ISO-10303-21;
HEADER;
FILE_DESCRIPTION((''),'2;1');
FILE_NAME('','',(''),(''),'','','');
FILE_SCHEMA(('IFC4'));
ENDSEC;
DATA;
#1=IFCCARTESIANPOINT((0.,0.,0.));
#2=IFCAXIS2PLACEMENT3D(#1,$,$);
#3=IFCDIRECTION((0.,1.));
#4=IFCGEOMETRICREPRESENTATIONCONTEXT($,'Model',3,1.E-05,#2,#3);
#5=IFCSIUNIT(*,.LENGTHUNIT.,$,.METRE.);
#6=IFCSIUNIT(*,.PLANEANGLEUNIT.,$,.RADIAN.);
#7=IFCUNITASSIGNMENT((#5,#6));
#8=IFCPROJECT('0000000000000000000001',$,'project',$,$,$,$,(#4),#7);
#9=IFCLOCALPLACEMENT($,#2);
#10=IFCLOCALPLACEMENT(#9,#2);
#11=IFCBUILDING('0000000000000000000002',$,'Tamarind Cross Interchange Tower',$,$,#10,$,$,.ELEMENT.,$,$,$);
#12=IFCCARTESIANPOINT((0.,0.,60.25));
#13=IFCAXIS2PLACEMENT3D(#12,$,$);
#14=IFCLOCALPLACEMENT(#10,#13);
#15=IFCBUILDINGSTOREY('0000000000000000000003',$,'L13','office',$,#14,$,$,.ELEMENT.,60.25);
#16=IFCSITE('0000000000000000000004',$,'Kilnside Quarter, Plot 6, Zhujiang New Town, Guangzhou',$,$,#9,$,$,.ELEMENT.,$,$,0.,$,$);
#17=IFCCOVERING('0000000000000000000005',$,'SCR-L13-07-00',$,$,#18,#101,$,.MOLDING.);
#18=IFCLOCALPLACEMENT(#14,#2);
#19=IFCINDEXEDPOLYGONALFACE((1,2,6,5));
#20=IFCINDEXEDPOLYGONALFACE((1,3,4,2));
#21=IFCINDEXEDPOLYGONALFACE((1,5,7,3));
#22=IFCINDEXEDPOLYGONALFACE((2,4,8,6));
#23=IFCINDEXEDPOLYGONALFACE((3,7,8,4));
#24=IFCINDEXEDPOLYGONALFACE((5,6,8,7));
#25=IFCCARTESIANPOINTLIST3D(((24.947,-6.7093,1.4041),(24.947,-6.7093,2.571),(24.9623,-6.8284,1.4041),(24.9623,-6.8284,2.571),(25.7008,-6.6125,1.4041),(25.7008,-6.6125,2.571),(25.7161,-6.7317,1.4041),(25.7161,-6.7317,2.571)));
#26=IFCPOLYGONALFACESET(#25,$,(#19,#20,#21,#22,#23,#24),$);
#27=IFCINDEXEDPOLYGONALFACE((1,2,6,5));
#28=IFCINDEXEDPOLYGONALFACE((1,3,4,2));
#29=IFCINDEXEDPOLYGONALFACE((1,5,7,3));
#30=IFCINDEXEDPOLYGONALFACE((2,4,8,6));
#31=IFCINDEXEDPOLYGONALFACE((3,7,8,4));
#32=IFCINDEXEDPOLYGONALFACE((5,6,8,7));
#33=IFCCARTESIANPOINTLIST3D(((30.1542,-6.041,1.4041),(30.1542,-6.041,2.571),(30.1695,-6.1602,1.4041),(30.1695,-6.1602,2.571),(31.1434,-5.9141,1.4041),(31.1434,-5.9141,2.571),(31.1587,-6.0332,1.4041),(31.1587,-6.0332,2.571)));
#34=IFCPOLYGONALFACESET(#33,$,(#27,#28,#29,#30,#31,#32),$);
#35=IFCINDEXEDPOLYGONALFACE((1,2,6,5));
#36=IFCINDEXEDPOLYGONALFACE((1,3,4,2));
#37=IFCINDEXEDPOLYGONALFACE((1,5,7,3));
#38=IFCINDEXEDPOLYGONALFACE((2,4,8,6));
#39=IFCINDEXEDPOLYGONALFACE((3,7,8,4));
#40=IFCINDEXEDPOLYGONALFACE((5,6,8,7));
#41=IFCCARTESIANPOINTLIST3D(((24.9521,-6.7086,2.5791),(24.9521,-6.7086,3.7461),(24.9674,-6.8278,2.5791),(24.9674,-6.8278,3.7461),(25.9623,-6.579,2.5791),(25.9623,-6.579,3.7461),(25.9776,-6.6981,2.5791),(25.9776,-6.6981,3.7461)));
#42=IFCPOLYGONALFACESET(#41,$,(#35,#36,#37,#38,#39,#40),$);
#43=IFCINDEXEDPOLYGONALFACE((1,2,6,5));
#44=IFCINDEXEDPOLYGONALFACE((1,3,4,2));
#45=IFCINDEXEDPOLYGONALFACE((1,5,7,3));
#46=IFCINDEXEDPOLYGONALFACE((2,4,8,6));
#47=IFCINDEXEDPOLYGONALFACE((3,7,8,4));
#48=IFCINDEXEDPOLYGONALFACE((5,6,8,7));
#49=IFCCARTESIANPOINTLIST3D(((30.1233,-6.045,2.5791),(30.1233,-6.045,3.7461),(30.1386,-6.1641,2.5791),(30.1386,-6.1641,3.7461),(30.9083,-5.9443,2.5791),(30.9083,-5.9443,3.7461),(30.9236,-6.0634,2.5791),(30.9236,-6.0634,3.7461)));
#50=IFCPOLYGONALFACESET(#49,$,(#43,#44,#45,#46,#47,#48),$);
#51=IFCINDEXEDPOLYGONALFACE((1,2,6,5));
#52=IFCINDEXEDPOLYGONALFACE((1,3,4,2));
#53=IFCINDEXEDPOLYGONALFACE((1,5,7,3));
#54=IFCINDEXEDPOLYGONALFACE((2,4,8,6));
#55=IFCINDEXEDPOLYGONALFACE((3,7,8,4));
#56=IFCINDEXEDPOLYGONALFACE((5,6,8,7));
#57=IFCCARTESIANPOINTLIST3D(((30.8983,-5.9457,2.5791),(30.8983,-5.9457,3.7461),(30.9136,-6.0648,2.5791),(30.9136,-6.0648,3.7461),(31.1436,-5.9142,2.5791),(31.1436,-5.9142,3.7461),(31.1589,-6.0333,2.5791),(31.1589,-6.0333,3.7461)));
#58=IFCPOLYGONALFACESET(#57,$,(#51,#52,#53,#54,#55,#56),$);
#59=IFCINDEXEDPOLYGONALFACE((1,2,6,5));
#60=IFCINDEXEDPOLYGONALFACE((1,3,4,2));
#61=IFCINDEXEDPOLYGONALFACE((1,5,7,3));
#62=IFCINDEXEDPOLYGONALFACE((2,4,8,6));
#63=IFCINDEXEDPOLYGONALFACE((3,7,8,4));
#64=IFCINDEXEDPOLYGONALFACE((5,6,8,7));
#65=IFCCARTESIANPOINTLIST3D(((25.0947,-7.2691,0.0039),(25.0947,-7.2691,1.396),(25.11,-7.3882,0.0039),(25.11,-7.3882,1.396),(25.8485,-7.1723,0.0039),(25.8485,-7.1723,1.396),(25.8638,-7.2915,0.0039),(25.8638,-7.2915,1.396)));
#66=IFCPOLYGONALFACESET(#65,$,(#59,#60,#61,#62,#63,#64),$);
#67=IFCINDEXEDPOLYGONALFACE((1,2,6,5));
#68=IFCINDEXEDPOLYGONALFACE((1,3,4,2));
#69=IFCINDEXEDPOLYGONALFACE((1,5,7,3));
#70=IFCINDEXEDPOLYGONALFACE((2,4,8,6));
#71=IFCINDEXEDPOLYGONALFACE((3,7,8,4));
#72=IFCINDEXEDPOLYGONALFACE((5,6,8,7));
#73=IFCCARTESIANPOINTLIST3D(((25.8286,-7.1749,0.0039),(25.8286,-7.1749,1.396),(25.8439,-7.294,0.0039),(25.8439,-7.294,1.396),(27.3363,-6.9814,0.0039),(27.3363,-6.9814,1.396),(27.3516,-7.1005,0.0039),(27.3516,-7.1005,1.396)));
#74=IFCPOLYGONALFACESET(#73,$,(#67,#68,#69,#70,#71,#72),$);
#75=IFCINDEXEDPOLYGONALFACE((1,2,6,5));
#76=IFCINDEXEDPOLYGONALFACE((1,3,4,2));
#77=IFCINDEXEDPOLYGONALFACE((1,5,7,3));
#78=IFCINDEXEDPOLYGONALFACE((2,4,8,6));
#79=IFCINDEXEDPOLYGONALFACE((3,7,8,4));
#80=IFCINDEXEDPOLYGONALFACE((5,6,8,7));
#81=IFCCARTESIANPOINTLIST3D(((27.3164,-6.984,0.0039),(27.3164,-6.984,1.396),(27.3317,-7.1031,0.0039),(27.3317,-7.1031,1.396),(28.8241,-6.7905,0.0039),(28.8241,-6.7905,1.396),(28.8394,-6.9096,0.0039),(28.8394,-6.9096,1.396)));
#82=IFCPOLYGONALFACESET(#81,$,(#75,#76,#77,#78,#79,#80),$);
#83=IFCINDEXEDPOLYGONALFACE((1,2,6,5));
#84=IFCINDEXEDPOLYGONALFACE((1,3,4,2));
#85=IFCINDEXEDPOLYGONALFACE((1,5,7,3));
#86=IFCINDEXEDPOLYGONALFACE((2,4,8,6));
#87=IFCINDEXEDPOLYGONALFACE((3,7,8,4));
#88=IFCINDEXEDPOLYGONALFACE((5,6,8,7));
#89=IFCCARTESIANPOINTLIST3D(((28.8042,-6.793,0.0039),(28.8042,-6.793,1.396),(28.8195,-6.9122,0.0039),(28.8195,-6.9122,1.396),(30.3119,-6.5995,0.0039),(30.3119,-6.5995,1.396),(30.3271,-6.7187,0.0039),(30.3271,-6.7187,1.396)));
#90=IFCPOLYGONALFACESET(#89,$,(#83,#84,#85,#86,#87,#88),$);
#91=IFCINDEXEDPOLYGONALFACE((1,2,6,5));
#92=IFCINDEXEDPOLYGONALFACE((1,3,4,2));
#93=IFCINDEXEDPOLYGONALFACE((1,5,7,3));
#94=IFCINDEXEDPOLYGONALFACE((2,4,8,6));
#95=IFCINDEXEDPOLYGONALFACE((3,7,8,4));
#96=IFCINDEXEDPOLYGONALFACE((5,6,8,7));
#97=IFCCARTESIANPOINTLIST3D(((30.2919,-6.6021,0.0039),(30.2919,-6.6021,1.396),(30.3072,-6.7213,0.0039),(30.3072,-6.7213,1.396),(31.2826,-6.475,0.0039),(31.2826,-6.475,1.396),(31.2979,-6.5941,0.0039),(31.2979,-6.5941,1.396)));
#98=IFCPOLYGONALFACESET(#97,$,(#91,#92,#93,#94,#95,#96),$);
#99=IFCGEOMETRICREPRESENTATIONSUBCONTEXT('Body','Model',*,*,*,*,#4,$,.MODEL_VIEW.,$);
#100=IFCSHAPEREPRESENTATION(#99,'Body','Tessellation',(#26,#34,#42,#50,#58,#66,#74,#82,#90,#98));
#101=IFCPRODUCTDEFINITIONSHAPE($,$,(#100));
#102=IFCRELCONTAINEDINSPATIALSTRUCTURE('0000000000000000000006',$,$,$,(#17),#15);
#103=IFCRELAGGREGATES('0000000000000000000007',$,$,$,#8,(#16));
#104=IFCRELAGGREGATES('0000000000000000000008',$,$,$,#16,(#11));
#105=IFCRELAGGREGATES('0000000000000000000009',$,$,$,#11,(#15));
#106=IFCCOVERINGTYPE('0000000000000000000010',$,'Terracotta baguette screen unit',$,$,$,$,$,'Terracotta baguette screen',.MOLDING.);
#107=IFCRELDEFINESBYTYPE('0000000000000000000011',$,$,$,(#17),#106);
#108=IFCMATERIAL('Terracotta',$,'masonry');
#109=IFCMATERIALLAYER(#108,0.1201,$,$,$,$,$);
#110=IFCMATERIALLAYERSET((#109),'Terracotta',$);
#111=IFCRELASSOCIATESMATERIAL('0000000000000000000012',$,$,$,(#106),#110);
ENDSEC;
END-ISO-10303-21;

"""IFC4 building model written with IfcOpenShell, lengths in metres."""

from ifc_helpers import new_model, si_unit, direction, frame, origin, origin_2d, place, context, subcontext, project, spatial, rectangle, extrude, material, layer, layer_set, type_object, element, save


model = new_model("IFC4")

# Units and contexts
model_context = context("Model", 3, precision=1e-05, world=origin(), true_north=direction((0.0, 1.0)))
body_context = subcontext(model_context, "Body", "Model", "MODEL_VIEW")
ifc_project = project(units=[si_unit("LENGTHUNIT", "METRE"), si_unit("PLANEANGLEUNIT", "RADIAN")], contexts=[model_context])

# Site, building, storey
site_placement = place(None, origin())
site = spatial("IfcSite", under=ifc_project, at=site_placement, Name="Kilnside Quarter, Plot 6, Zhujiang New Town, Guangzhou", CompositionType="ELEMENT", RefElevation=0.0)
building_placement = place(site_placement, origin())
building = spatial("IfcBuilding", under=site, at=building_placement, Name="Tamarind Cross Interchange Tower", CompositionType="ELEMENT")
storey_placement = place(building_placement, frame((0.0, 0.0, 60.25)))
storey = spatial("IfcBuildingStorey", under=building, at=storey_placement, Name="L13", Description="office", CompositionType="ELEMENT", Elevation=60.25)

# Covering
ifc_material_1 = material(Name="Terracotta", Category="masonry")
ifc_layer_1 = layer(ifc_material_1, 0.1201)
ifc_layer_set_1 = layer_set([ifc_layer_1], Name="Terracotta")
covering_type = type_object("IfcCoveringType", Name="Terracotta baguette screen unit", ElementType="Terracotta baguette screen", PredefinedType="MOLDING", material=ifc_layer_set_1)
covering_1_placement = place(storey_placement, origin())
element("IfcCovering", 1, at=covering_1_placement, inside=storey, type_object=covering_type, Name="SCR-L13-07-00", PredefinedType="MOLDING", context=body_context, shape_type="SweptSolid", body=[
    extrude(rectangle(XDim=0.76, YDim=0.1201, at=origin_2d()), frame((25.3315, -6.7205, 1.4041), z_axis=(0.0, 0.0, 1.0), x_axis=(0.991864, 0.1273, 0.0)), (0.0, 0.0, 1.0), 1.167),
    extrude(rectangle(XDim=0.9973, YDim=0.1201, at=origin_2d()), frame((30.6565, -6.0371, 1.4041), z_axis=(0.0, 0.0, 1.0), x_axis=(0.991864, 0.1273, 0.0)), (0.0, 0.0, 1.0), 1.167),
    extrude(rectangle(XDim=1.0186, YDim=0.1201, at=origin_2d()), frame((25.4648, -6.7034, 2.5791), z_axis=(0.0, 0.0, 1.0), x_axis=(0.991864, 0.1273, 0.0)), (0.0, 0.0, 1.0), 1.167),
    extrude(rectangle(XDim=0.7915, YDim=0.1201, at=origin_2d()), frame((30.5234, -6.0542, 2.5791), z_axis=(0.0, 0.0, 1.0), x_axis=(0.991864, 0.1273, 0.0)), (0.0, 0.0, 1.0), 1.167),
    extrude(rectangle(XDim=0.2473, YDim=0.1201, at=origin_2d()), frame((31.0286, -5.9895, 2.5791), z_axis=(0.0, 0.0, 1.0), x_axis=(0.991864, 0.1273, 0.0)), (0.0, 0.0, 1.0), 1.167),
    extrude(rectangle(XDim=0.76, YDim=0.1201, at=origin_2d()), frame((25.4792, -7.2803, 0.0039), z_axis=(0.0, 0.0, 1.0), x_axis=(0.991864, 0.1273, 0.0)), (0.0, 0.0, 1.0), 1.3921),
    extrude(rectangle(XDim=1.52, YDim=0.1201, at=origin_2d()), frame((26.5901, -7.1377, 0.0039), z_axis=(0.0, 0.0, 1.0), x_axis=(0.991864, 0.1273, 0.0)), (0.0, 0.0, 1.0), 1.3921),
    extrude(rectangle(XDim=1.52, YDim=0.1201, at=origin_2d()), frame((28.0779, -6.9468, 0.0039), z_axis=(0.0, 0.0, 1.0), x_axis=(0.991864, 0.1273, 0.0)), (0.0, 0.0, 1.0), 1.3921),
    extrude(rectangle(XDim=1.52, YDim=0.1201, at=origin_2d()), frame((29.5657, -6.7559, 0.0039), z_axis=(0.0, 0.0, 1.0), x_axis=(0.991864, 0.1273, 0.0)), (0.0, 0.0, 1.0), 1.3921),
    extrude(rectangle(XDim=0.9988, YDim=0.1201, at=origin_2d()), frame((30.7949, -6.5981, 0.0039), z_axis=(0.0, 0.0, 1.0), x_axis=(0.991864, 0.1273, 0.0)), (0.0, 0.0, 1.0), 1.3921),
])

save(model, "model.ifc")
